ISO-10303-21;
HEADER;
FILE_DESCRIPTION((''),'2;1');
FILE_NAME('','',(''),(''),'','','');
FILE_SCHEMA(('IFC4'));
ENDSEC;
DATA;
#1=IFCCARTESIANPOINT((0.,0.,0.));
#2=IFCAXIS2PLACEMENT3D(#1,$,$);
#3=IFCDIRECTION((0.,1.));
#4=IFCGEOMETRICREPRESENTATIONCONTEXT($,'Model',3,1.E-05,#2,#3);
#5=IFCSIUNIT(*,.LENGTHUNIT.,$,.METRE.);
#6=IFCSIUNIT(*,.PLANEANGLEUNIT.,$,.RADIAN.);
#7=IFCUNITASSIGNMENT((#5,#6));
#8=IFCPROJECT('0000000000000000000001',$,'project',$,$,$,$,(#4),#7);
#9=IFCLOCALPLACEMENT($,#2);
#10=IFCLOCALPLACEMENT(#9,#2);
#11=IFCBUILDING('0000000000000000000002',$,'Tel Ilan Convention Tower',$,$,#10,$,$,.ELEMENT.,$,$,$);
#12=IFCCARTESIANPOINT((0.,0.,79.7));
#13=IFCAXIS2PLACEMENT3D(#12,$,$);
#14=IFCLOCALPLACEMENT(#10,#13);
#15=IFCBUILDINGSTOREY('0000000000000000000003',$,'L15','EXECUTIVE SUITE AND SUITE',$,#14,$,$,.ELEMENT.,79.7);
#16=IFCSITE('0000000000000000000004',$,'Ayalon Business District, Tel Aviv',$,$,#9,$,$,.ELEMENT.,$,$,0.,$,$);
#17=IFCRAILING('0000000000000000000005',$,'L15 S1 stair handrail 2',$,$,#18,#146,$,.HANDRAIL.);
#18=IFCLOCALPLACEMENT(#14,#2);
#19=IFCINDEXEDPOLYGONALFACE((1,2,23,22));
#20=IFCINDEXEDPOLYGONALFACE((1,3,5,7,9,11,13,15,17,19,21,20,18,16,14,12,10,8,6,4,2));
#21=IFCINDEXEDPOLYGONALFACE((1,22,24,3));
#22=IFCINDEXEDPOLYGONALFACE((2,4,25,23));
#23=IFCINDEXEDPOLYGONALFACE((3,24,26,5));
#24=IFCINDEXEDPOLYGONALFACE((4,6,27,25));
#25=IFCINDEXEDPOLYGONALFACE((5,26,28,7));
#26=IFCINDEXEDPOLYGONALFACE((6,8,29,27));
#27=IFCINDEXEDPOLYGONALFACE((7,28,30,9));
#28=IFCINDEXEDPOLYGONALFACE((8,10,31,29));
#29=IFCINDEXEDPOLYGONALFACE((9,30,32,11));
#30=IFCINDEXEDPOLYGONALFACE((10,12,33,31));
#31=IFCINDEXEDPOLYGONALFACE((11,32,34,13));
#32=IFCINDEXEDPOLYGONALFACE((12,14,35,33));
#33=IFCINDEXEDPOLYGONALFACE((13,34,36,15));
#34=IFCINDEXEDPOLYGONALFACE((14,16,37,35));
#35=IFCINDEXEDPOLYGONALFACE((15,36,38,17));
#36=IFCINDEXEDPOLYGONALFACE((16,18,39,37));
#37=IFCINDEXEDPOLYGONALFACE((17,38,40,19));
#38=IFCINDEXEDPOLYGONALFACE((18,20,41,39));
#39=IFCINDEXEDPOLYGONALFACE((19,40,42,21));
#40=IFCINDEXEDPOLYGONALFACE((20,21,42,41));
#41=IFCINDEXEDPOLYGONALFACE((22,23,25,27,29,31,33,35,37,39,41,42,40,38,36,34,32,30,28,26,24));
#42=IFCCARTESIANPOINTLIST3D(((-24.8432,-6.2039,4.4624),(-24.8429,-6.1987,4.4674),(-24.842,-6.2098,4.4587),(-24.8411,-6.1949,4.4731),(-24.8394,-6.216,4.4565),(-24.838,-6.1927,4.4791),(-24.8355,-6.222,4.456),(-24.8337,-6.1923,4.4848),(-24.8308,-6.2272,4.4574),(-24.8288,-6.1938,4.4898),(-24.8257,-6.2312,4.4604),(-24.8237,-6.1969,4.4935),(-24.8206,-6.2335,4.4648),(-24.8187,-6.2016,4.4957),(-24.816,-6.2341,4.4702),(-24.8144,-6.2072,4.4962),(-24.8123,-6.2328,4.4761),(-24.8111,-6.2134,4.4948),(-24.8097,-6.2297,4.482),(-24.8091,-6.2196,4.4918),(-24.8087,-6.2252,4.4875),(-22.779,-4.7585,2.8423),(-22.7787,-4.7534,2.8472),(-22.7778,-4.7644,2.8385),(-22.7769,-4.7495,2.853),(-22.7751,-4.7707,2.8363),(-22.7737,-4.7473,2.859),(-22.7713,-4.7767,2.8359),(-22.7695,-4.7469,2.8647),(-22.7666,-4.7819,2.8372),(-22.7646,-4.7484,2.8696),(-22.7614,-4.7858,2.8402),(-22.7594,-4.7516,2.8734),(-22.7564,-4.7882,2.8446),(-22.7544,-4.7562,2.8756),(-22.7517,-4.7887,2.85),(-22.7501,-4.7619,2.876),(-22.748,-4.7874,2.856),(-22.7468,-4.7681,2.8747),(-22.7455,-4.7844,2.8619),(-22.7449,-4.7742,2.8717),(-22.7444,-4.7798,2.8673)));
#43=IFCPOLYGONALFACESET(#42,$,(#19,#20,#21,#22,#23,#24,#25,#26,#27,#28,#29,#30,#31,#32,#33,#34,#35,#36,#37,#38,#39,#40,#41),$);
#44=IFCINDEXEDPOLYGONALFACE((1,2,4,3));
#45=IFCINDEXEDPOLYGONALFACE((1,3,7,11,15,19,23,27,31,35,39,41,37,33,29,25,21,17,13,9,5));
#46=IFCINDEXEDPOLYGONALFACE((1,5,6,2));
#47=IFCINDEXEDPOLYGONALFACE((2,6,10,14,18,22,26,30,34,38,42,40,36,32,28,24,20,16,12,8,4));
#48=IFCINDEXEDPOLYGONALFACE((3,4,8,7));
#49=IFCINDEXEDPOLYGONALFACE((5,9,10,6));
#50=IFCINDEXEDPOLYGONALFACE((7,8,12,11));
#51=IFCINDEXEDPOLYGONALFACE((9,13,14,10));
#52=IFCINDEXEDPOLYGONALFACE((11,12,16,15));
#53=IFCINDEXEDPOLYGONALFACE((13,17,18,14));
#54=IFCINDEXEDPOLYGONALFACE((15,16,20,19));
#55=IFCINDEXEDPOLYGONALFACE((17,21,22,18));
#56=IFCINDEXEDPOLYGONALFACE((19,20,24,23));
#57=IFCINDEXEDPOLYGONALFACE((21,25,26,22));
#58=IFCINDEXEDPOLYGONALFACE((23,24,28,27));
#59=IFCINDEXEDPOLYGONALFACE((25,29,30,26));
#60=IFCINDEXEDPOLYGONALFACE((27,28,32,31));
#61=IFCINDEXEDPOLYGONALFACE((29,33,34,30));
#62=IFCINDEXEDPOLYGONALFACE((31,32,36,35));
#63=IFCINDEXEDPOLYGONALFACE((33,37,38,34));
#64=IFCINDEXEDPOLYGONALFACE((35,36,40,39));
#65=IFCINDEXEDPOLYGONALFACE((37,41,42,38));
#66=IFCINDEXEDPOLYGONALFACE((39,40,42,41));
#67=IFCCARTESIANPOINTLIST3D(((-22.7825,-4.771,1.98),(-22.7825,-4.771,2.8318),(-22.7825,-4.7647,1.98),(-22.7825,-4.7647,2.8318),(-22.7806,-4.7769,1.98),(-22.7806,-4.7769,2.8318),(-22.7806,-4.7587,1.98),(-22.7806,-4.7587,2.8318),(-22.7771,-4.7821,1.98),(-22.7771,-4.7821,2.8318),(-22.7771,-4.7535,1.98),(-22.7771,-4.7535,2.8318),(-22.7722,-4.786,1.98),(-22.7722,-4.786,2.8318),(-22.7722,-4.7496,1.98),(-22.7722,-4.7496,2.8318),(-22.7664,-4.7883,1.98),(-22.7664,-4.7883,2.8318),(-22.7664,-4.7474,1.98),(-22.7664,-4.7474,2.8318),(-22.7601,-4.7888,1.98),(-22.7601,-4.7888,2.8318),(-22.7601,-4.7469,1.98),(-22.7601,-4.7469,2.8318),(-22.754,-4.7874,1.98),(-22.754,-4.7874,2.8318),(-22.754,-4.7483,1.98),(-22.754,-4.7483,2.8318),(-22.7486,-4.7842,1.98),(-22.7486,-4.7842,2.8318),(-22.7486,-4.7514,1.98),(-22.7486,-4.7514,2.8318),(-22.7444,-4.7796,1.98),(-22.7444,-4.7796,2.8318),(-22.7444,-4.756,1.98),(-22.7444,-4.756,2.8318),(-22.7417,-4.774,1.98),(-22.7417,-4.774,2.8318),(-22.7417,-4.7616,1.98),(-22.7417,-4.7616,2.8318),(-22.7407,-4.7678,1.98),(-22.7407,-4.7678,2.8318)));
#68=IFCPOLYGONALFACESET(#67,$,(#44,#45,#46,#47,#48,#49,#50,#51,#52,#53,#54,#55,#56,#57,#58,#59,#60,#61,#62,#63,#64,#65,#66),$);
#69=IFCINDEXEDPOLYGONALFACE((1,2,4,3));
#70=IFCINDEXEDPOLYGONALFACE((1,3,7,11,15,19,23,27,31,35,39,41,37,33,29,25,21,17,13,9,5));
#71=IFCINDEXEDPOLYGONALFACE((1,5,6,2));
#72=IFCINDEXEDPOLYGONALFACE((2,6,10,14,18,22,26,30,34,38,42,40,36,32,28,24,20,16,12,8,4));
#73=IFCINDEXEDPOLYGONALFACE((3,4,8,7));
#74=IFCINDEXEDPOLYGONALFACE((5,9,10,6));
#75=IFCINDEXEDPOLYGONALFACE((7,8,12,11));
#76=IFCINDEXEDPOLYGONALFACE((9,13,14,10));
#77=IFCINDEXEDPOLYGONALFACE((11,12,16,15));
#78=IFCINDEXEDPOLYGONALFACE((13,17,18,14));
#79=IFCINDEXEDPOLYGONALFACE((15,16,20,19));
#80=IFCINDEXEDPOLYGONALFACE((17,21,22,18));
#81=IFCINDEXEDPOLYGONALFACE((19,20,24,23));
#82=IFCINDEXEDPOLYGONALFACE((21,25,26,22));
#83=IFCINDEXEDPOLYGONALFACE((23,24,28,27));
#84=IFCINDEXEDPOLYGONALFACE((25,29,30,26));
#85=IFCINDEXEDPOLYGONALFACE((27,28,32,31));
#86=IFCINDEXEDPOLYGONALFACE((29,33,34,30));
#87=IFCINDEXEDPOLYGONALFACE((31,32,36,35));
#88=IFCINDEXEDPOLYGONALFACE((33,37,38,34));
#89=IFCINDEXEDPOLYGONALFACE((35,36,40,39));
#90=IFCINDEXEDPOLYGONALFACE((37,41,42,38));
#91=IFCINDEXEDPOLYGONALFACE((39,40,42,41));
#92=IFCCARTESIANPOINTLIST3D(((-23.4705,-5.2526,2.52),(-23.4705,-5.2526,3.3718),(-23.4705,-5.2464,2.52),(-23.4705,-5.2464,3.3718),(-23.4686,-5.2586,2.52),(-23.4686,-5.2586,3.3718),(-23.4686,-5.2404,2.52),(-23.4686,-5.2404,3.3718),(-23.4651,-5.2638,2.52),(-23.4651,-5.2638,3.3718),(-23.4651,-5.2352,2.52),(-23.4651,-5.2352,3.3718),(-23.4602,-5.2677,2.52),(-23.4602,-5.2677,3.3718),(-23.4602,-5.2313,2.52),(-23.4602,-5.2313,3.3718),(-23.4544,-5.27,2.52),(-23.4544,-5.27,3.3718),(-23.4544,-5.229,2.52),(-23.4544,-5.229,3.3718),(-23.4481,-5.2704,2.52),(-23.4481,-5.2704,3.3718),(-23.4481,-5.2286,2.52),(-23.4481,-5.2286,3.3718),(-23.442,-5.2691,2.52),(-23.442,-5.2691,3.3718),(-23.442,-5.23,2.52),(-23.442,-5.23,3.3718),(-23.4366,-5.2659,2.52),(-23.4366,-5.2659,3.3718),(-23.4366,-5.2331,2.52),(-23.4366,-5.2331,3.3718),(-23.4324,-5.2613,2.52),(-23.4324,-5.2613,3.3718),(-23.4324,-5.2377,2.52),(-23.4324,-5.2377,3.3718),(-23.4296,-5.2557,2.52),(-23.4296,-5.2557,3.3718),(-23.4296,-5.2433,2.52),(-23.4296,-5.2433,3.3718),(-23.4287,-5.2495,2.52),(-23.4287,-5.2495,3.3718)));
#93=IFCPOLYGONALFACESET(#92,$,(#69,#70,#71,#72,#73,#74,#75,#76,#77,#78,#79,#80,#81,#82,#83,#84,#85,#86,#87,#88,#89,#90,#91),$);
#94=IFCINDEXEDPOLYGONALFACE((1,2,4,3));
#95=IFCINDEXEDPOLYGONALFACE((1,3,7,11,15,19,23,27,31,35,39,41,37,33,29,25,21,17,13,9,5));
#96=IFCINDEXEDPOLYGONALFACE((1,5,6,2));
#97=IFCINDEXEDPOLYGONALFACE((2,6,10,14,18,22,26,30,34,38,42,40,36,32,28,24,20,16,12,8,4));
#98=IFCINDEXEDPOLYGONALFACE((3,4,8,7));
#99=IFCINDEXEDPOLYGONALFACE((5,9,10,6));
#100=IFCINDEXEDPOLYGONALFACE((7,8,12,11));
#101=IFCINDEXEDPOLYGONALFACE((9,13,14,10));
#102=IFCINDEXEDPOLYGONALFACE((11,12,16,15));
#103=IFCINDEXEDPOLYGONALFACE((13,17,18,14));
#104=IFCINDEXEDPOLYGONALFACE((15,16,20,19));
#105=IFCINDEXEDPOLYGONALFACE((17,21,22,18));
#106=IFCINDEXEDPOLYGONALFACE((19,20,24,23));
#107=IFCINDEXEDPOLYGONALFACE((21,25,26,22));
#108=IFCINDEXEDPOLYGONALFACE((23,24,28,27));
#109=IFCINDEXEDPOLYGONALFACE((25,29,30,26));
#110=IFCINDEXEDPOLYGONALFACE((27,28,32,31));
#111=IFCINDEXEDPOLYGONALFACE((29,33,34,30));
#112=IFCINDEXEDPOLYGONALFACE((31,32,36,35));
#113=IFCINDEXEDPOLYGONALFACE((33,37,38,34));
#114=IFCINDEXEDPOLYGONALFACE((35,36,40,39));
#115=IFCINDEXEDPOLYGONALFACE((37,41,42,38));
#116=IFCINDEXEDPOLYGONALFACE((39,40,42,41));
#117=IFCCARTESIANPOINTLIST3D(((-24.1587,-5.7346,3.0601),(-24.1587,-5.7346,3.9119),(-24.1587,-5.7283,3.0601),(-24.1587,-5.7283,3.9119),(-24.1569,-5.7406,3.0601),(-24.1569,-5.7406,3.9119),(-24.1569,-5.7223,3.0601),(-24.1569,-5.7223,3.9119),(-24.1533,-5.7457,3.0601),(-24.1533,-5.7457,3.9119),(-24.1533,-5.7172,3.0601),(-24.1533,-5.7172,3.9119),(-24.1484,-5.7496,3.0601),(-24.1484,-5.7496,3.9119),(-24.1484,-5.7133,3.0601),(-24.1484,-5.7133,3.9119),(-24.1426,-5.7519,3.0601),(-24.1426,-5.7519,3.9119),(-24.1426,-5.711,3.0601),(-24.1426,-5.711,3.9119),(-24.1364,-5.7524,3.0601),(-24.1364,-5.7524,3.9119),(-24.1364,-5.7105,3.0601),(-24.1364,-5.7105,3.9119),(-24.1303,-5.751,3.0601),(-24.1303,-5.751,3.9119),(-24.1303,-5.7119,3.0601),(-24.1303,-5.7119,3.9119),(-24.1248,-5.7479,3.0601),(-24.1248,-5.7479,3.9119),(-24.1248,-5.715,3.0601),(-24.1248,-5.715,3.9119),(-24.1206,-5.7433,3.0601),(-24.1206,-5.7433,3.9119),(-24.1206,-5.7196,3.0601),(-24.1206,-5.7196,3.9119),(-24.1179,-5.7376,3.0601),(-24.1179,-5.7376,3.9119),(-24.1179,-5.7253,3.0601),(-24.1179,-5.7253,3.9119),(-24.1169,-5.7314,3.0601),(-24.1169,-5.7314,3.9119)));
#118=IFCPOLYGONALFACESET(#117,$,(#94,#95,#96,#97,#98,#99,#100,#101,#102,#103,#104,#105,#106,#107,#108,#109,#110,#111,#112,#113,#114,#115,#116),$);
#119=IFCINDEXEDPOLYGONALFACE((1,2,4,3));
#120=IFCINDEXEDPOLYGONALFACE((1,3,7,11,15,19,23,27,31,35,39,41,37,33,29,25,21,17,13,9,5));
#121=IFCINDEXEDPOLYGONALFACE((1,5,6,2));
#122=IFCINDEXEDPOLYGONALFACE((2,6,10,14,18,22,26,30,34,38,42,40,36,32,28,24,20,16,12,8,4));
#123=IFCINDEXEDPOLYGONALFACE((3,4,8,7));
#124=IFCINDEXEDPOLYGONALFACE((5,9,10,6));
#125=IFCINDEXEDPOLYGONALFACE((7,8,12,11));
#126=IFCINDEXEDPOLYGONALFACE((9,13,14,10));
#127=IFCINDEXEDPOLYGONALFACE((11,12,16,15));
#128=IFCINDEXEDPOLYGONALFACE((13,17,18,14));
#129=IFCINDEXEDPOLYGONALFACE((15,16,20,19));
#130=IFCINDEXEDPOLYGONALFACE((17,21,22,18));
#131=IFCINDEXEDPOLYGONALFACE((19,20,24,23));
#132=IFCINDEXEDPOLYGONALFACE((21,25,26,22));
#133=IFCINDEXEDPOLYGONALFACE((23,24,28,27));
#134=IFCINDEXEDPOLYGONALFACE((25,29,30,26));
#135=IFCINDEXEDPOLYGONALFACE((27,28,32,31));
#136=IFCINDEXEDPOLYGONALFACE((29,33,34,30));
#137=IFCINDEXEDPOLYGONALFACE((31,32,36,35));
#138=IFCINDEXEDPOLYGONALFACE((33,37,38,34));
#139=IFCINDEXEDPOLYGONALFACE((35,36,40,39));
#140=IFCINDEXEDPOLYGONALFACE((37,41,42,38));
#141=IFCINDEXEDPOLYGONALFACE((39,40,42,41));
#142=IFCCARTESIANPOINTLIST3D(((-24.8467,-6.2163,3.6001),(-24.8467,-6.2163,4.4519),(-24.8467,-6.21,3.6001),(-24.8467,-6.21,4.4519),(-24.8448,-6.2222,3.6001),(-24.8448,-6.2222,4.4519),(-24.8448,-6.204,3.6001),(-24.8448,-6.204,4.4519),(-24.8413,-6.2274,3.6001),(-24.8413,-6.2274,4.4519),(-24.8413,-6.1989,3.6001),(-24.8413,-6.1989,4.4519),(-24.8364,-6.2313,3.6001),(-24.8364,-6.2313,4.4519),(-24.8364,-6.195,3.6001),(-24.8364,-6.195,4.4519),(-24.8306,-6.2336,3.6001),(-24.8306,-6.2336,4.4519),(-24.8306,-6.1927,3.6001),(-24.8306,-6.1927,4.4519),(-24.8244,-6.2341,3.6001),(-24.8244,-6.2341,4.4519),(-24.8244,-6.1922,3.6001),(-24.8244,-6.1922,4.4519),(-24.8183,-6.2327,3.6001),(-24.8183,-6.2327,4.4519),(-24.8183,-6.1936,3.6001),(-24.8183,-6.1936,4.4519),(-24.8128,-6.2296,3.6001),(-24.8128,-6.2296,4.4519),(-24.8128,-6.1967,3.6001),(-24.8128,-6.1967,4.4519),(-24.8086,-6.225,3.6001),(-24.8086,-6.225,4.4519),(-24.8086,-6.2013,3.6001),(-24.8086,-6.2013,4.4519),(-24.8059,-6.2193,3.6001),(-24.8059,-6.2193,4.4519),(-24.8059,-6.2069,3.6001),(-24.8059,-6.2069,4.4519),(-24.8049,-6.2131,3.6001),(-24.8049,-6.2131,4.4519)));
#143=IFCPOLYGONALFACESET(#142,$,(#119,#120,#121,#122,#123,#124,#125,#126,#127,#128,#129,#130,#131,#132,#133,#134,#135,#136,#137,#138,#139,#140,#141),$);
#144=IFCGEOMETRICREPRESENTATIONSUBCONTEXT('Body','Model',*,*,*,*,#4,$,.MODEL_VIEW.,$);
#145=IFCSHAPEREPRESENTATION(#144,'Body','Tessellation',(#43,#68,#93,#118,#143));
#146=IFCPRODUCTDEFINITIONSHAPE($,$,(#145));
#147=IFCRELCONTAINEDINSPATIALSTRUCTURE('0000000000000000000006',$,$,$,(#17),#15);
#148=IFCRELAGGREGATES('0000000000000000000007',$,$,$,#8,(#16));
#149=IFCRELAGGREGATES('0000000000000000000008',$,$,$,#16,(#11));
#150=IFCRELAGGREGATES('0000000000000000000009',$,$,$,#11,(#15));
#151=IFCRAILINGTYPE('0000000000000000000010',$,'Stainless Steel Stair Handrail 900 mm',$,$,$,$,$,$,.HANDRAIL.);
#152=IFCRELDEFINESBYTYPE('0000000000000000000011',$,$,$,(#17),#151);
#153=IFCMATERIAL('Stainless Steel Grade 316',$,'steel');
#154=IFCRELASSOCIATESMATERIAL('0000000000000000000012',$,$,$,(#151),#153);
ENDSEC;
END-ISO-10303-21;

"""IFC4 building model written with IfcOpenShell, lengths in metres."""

from ifc_helpers import new_model, si_unit, direction, frame, origin, origin_2d, place, context, subcontext, project, spatial, circle, extrude, material, type_object, element, save


model = new_model("IFC4")

# Units and contexts
model_context = context("Model", 3, precision=1e-05, world=origin(), true_north=direction((0.0, 1.0)))
body_context = subcontext(model_context, "Body", "Model", "MODEL_VIEW")
ifc_project = project(units=[si_unit("LENGTHUNIT", "METRE"), si_unit("PLANEANGLEUNIT", "RADIAN")], contexts=[model_context])

# Site, building, storey
site_placement = place(None, origin())
site = spatial("IfcSite", under=ifc_project, at=site_placement, Name="Ayalon Business District, Tel Aviv", CompositionType="ELEMENT", RefElevation=0.0)
building_placement = place(site_placement, origin())
building = spatial("IfcBuilding", under=site, at=building_placement, Name="Tel Ilan Convention Tower", CompositionType="ELEMENT")
storey_placement = place(building_placement, frame((0.0, 0.0, 79.7)))
storey = spatial("IfcBuildingStorey", under=building, at=storey_placement, Name="L15", Description="EXECUTIVE SUITE AND SUITE", CompositionType="ELEMENT", Elevation=79.7)

# Railing
ifc_material_1 = material(Name="Stainless Steel Grade 316", Category="steel")
railing_type_1 = type_object("IfcRailingType", Name="Stainless Steel Stair Handrail 900 mm", PredefinedType="HANDRAIL", material=ifc_material_1)
railing_1_placement = place(storey_placement, frame((-22.7617, -4.7678, 1.98)))
element("IfcRailing", 1, at=railing_1_placement, inside=storey, type_object=railing_type_1, Name="L15 S1 stair handrail 2", PredefinedType="HANDRAIL", context=body_context, shape_type="SweptSolid", body=[
    extrude(circle(Radius=0.0239, at=origin_2d()), frame((0.0, 0.0, 0.876), z_axis=(-0.68904, -0.48245, 0.540801), x_axis=(0.57356, -0.819164, 0.0)), (0.0, 0.0, 1.0), 2.9958),
    extrude(circle(Radius=0.021, at=origin_2d()), origin(), (0.0, 0.0, 1.0), 0.8518),
    extrude(circle(Radius=0.021, at=origin_2d()), frame((-0.688, -0.4817, 0.54)), (0.0, 0.0, 1.0), 0.8518),
    extrude(circle(Radius=0.021, at=origin_2d()), frame((-1.3762, -0.9636, 1.0801)), (0.0, 0.0, 1.0), 0.8518),
    extrude(circle(Radius=0.021, at=origin_2d()), frame((-2.0642, -1.4453, 1.6201)), (0.0, 0.0, 1.0), 0.8518),
])

save(model, "model.ifc")
